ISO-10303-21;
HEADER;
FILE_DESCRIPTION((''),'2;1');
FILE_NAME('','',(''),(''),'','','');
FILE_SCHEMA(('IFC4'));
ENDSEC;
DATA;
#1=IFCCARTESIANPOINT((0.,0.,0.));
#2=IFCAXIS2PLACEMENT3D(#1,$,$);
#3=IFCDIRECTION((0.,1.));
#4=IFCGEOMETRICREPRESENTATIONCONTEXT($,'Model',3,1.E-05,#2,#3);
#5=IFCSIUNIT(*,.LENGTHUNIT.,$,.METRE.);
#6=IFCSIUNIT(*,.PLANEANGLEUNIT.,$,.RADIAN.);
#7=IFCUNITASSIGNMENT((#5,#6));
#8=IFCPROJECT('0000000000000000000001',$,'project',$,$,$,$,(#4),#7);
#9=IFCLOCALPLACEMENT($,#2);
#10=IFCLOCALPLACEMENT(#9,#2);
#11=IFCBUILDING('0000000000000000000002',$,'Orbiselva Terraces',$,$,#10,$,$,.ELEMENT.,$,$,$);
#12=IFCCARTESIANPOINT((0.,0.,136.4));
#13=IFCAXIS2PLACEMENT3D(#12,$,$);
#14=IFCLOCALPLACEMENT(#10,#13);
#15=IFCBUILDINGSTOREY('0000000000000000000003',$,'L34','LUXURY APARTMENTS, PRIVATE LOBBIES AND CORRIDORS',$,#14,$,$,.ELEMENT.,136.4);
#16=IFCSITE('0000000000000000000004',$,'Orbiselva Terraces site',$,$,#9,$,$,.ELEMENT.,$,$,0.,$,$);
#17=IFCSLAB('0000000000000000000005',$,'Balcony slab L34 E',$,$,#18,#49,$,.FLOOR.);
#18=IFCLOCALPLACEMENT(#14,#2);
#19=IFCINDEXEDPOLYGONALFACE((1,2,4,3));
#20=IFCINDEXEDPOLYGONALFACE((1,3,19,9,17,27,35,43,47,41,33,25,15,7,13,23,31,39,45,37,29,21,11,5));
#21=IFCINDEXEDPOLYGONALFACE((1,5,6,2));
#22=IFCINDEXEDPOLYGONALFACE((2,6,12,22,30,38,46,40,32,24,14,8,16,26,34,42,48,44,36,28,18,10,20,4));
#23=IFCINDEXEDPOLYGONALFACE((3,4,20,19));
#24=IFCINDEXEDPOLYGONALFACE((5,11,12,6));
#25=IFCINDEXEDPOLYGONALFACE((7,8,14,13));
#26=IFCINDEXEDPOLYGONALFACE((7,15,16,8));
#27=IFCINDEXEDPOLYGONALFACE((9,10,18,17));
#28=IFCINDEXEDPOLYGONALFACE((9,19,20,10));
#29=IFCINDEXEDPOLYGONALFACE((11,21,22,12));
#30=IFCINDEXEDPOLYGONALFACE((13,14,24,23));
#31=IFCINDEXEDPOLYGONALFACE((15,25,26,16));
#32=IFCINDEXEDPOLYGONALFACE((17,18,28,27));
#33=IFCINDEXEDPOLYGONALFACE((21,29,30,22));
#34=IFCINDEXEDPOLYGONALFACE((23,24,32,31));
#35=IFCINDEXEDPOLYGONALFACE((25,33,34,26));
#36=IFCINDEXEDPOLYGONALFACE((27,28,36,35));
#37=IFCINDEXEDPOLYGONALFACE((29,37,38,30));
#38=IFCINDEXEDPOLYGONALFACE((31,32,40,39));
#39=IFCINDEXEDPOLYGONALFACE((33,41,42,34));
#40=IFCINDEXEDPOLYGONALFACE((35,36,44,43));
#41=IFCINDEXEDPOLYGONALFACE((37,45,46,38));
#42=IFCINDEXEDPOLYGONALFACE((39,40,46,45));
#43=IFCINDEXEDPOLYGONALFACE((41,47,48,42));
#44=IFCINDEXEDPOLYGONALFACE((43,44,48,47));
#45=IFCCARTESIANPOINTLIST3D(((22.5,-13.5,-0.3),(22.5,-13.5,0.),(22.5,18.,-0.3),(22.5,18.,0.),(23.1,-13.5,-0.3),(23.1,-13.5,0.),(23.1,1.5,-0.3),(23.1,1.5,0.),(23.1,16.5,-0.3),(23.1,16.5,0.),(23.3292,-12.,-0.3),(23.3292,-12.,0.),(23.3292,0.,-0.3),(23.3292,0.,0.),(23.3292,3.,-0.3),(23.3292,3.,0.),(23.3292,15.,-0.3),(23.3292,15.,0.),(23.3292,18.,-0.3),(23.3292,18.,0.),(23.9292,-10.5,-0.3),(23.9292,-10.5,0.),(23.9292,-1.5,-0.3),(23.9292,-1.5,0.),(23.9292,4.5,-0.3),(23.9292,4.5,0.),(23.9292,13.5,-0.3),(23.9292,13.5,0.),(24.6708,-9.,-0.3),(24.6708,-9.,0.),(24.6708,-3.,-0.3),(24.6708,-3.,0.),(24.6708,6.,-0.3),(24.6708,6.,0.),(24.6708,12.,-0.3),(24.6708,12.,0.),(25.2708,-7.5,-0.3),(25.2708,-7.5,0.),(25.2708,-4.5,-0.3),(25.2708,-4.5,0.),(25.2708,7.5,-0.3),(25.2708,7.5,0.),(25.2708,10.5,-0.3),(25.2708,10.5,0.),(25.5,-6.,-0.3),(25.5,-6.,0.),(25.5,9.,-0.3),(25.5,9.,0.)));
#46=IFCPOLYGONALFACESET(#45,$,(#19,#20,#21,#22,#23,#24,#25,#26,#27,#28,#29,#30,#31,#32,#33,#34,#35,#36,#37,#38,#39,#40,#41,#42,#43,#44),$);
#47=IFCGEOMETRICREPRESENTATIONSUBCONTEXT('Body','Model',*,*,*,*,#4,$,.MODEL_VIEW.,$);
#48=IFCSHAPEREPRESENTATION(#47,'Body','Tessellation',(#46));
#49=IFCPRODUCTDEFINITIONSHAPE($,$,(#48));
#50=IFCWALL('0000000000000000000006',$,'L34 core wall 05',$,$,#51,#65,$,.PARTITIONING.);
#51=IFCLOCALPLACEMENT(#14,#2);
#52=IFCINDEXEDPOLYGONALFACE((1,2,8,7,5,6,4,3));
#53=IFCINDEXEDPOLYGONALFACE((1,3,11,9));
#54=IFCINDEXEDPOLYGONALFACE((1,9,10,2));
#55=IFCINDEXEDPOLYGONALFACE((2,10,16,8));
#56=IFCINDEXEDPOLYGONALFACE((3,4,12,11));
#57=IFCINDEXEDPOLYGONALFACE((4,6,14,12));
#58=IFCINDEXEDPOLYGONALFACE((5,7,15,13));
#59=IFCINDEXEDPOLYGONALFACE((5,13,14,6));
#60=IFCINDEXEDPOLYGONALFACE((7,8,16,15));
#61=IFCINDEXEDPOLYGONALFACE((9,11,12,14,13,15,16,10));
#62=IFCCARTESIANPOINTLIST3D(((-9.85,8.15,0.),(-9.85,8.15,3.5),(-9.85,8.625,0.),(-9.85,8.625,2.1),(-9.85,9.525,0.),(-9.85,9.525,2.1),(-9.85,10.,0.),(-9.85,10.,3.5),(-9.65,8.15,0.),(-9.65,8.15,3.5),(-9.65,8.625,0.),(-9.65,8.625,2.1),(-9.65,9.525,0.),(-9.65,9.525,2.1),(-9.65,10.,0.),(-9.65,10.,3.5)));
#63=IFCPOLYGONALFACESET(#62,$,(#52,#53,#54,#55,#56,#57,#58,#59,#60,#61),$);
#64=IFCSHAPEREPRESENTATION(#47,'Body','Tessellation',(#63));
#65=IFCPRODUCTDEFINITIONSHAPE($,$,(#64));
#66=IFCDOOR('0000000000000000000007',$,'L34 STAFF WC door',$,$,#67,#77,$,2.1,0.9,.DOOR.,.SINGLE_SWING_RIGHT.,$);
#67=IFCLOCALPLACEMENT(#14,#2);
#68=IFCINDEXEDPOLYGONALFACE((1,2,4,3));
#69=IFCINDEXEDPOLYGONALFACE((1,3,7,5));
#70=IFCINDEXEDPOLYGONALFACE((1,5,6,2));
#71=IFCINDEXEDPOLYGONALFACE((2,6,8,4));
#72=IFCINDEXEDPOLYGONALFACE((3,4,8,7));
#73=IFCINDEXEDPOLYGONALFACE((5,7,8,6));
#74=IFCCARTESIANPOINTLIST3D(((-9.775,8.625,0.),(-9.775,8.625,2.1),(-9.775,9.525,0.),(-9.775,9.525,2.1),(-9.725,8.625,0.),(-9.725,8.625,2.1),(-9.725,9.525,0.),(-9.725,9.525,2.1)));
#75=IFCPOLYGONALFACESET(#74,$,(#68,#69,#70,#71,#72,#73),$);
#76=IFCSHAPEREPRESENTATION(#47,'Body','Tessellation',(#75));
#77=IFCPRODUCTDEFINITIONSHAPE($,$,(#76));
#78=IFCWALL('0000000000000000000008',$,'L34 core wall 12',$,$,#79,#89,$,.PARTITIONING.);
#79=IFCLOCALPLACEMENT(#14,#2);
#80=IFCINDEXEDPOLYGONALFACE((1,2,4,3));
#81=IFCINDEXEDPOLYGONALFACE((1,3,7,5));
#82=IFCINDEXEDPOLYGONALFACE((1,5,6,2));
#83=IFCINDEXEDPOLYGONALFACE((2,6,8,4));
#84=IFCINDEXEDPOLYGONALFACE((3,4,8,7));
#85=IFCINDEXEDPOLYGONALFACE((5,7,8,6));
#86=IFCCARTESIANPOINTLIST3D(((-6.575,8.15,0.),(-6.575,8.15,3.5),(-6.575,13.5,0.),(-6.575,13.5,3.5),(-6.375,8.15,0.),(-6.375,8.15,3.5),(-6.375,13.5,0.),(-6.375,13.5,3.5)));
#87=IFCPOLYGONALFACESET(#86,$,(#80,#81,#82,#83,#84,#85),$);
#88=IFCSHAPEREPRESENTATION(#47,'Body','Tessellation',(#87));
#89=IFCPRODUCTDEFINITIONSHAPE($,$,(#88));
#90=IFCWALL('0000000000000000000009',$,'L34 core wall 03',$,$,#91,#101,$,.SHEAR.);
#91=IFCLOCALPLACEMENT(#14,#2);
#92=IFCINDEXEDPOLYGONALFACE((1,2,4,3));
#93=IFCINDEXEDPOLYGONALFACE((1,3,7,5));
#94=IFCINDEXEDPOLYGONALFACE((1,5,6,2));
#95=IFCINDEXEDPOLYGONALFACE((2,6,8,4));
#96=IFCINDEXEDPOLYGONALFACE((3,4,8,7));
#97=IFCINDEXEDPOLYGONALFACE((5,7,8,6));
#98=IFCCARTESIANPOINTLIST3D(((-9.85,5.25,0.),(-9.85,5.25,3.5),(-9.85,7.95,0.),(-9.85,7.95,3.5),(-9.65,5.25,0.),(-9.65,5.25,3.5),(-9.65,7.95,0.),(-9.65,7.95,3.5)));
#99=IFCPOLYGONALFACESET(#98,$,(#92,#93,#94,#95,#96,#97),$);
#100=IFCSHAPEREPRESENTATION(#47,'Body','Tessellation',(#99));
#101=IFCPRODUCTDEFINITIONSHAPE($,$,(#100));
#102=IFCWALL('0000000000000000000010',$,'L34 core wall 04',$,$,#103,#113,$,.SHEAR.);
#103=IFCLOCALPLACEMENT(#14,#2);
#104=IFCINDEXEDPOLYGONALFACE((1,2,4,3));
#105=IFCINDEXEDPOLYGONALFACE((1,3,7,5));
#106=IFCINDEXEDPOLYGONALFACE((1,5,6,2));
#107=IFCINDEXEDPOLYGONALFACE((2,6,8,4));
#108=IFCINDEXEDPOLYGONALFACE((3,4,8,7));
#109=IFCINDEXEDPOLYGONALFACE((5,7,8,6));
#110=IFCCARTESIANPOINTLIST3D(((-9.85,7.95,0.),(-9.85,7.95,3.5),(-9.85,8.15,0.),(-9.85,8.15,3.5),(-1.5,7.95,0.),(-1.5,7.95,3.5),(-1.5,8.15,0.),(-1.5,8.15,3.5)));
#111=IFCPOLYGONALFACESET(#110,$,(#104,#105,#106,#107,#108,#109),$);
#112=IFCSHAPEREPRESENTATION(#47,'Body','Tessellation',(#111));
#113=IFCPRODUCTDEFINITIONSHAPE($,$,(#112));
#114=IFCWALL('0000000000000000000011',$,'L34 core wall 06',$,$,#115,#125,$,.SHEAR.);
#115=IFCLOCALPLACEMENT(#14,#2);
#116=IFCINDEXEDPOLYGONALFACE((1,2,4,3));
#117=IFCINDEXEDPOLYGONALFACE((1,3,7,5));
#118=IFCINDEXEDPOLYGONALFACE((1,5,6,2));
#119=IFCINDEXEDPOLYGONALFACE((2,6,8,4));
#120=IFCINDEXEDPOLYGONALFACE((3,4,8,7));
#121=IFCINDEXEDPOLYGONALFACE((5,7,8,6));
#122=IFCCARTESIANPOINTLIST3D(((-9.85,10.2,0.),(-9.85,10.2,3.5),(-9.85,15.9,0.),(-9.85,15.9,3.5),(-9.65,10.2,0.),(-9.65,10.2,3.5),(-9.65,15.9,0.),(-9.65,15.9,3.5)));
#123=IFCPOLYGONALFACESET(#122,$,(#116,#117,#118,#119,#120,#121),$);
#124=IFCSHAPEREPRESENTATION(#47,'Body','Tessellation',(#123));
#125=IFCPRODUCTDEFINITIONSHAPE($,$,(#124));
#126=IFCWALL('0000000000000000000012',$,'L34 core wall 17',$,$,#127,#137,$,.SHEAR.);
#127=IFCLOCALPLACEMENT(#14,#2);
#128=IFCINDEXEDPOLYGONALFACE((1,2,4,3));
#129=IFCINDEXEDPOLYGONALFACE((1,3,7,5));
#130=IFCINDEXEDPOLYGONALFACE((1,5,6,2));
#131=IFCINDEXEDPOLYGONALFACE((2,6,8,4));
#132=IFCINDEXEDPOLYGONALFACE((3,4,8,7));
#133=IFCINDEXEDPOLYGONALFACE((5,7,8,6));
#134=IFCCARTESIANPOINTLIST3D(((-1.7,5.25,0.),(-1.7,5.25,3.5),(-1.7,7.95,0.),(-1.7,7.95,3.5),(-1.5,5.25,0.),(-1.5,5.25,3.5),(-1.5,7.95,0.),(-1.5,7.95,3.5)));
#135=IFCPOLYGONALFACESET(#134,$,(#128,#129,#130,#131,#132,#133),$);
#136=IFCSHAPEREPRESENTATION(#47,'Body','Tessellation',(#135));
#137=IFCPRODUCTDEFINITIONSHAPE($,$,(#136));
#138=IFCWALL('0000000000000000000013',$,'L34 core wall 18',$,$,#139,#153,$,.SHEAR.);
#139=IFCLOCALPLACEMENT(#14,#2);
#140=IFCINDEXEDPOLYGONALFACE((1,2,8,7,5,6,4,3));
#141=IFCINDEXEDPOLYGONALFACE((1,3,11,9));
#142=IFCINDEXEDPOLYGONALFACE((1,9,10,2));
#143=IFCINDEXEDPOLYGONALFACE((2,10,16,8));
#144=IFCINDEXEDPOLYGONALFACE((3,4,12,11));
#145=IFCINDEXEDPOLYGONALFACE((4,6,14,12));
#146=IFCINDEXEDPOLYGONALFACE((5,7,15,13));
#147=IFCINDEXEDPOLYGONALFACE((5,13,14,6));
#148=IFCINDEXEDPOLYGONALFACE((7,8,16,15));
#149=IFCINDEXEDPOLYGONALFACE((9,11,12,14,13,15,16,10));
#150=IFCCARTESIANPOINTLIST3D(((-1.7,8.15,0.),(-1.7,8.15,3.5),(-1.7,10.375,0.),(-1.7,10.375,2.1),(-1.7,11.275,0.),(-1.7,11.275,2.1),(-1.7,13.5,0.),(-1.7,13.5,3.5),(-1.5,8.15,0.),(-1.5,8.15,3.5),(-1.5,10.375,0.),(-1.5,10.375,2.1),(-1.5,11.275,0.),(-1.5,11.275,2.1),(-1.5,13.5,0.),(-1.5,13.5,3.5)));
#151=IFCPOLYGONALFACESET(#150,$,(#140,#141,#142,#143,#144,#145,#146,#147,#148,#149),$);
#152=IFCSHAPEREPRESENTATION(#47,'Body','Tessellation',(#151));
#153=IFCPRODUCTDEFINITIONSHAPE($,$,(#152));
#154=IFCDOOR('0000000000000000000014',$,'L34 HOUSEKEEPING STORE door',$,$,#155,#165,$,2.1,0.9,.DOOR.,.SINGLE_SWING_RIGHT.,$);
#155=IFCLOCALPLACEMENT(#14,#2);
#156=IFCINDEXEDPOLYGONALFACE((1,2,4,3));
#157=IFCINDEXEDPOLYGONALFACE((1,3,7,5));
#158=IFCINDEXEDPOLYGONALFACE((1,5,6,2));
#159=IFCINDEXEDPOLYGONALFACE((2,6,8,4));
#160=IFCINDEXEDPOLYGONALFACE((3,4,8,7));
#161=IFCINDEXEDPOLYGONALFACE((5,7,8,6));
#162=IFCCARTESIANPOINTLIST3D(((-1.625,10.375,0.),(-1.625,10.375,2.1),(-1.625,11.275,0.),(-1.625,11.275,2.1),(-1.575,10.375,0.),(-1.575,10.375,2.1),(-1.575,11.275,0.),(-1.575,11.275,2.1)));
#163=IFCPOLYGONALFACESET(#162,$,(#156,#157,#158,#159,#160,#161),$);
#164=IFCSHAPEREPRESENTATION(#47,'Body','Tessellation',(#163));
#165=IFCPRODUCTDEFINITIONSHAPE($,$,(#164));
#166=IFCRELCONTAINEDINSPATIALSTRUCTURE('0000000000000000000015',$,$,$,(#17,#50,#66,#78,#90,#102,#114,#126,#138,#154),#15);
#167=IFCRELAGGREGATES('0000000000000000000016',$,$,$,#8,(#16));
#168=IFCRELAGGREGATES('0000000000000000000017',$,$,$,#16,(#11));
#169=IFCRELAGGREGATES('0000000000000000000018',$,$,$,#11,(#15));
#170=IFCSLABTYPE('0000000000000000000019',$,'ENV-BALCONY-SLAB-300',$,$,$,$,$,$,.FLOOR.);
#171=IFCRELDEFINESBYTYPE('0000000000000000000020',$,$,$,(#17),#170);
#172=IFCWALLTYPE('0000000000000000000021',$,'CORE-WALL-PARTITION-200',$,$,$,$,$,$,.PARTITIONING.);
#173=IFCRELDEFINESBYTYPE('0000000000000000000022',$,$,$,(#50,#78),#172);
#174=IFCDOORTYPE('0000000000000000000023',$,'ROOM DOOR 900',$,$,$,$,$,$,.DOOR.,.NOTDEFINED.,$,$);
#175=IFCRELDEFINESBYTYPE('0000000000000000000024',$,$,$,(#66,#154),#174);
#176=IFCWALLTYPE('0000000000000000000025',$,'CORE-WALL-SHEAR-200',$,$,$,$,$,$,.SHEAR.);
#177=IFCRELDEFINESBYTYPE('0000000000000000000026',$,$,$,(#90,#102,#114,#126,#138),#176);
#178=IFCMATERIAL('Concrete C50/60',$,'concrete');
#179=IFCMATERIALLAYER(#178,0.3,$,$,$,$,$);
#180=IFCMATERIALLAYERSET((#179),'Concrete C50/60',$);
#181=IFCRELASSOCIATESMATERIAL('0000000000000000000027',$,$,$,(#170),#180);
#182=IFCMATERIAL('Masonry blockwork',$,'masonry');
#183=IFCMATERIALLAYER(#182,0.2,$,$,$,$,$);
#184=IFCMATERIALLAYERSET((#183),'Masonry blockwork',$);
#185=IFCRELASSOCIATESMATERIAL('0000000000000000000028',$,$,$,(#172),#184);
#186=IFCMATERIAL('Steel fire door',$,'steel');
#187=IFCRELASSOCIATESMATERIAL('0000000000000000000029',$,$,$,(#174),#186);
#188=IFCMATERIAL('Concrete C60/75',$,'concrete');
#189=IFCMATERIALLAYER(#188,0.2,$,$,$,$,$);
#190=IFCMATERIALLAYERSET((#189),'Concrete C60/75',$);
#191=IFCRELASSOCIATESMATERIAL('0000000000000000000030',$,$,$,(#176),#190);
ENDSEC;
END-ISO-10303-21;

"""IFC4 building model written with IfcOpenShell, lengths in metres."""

from ifc_helpers import new_model, si_unit, direction, frame, frame_2d, origin, place, context, subcontext, project, spatial, polyline, rectangle, outline, extrude, material, layer, layer_set, type_object, element, fill, save


model = new_model("IFC4")

# Units and contexts
model_context = context("Model", 3, precision=1e-05, world=origin(), true_north=direction((0.0, 1.0)))
body_context = subcontext(model_context, "Body", "Model", "MODEL_VIEW")
ifc_project = project(units=[si_unit("LENGTHUNIT", "METRE"), si_unit("PLANEANGLEUNIT", "RADIAN")], contexts=[model_context])

# Site, building, storey
site_placement = place(None, origin())
site = spatial("IfcSite", under=ifc_project, at=site_placement, Name="Orbiselva Terraces site", CompositionType="ELEMENT", RefElevation=0.0)
building_placement = place(site_placement, origin())
building = spatial("IfcBuilding", under=site, at=building_placement, Name="Orbiselva Terraces", CompositionType="ELEMENT")
storey_placement = place(building_placement, frame((0.0, 0.0, 136.4)))
storey = spatial("IfcBuildingStorey", under=building, at=storey_placement, Name="L34", Description="LUXURY APARTMENTS, PRIVATE LOBBIES AND CORRIDORS", CompositionType="ELEMENT", Elevation=136.4)

# Slab
ifc_material_1 = material(Name="Concrete C50/60", Category="concrete")
ifc_layer_1 = layer(ifc_material_1, 0.3)
ifc_layer_set_1 = layer_set([ifc_layer_1], Name="Concrete C50/60")
slab_type = type_object("IfcSlabType", Name="ENV-BALCONY-SLAB-300", PredefinedType="FLOOR", material=ifc_layer_set_1)
slab_placement = place(storey_placement, frame((0.0, 0.0, -0.3)))
element("IfcSlab", 1, at=slab_placement, inside=storey, type_object=slab_type, Name="Balcony slab L34 E", PredefinedType="FLOOR", context=body_context, shape_type="SweptSolid", body=[
    extrude(outline(polyline([(23.1, -13.5), (23.3292, -12.0), (23.9292, -10.5), (24.6708, -9.0), (25.2708, -7.5), (25.5, -6.0), (25.2708, -4.5), (24.6708, -3.0), (23.9292, -1.5), (23.3292, 0.0), (23.1, 1.5), (23.3292, 3.0), (23.9292, 4.5), (24.6708, 6.0), (25.2708, 7.5), (25.5, 9.0), (25.2708, 10.5), (24.6708, 12.0), (23.9292, 13.5), (23.3292, 15.0), (23.1, 16.5), (23.3292, 18.0), (22.5, 18.0), (22.5, -13.5), (23.1, -13.5)])), origin(), (0.0, 0.0, 1.0), 0.3),
])

# Wall, opening, door
ifc_material_2 = material(Name="Masonry blockwork", Category="masonry")
ifc_layer_2 = layer(ifc_material_2, 0.2)
ifc_layer_set_2 = layer_set([ifc_layer_2], Name="Masonry blockwork")
wall_type_1 = type_object("IfcWallType", Name="CORE-WALL-PARTITION-200", PredefinedType="PARTITIONING", material=ifc_layer_set_2)
wall_1_placement = place(storey_placement, frame((-9.75, 8.15, 0.0), z_axis=(0.0, 0.0, 1.0), x_axis=(0.0, 1.0, 0.0)))
wall_1 = element("IfcWall", 2, at=wall_1_placement, inside=storey, type_object=wall_type_1, Name="L34 core wall 05", PredefinedType="PARTITIONING", context=body_context, shape_type="SweptSolid", body=[
    extrude(rectangle(XDim=1.85, YDim=0.2, at=frame_2d((0.925, 0.0))), origin(), (0.0, 0.0, 1.0), 3.5),
])
opening_1_placement = place(wall_1_placement, frame((0.475, 0.0, 0.0)))
opening_1 = element("IfcOpeningElement", 3, at=opening_1_placement, cuts=wall_1, PredefinedType="OPENING", context=body_context, shape_type="SweptSolid", body=[
    extrude(rectangle(XDim=0.9, YDim=2.1, at=frame_2d((0.45, 1.05))), frame((0.0, 0.11, 0.0), z_axis=(0.0, -1.0, 0.0), x_axis=(1.0, 0.0, 0.0)), (0.0, 0.0, 1.0), 0.22),
])
ifc_material_3 = material(Name="Steel fire door", Category="steel")
door_type = type_object("IfcDoorType", Name="ROOM DOOR 900", OperationType="NOTDEFINED", PredefinedType="DOOR", material=ifc_material_3)
door_1_placement = place(opening_1_placement, origin())
door_1 = element("IfcDoor", 4, at=door_1_placement, inside=storey, type_object=door_type, Name="L34 STAFF WC door", OperationType="SINGLE_SWING_RIGHT", OverallHeight=2.1, OverallWidth=0.9, PredefinedType="DOOR", context=body_context, shape_type="SweptSolid", body=[
    extrude(rectangle(XDim=0.9, YDim=2.1, at=frame_2d((0.45, 1.05))), frame((0.0, 0.025, 0.0), z_axis=(0.0, -1.0, 0.0), x_axis=(1.0, 0.0, 0.0)), (0.0, 0.0, 1.0), 0.05),
])
fill(opening_1, door_1)

# Walls
wall_2_placement = place(storey_placement, frame((-6.475, 8.15, 0.0), z_axis=(0.0, 0.0, 1.0), x_axis=(0.0, 1.0, 0.0)))
element("IfcWall", 5, at=wall_2_placement, inside=storey, type_object=wall_type_1, Name="L34 core wall 12", PredefinedType="PARTITIONING", context=body_context, shape_type="SweptSolid", body=[
    extrude(rectangle(XDim=5.35, YDim=0.2, at=frame_2d((2.675, 0.0))), origin(), (0.0, 0.0, 1.0), 3.5),
])
ifc_material_4 = material(Name="Concrete C60/75", Category="concrete")
ifc_layer_3 = layer(ifc_material_4, 0.2)
ifc_layer_set_3 = layer_set([ifc_layer_3], Name="Concrete C60/75")
wall_type_2 = type_object("IfcWallType", Name="CORE-WALL-SHEAR-200", PredefinedType="SHEAR", material=ifc_layer_set_3)
wall_3_placement = place(storey_placement, frame((-9.75, 5.25, 0.0), z_axis=(0.0, 0.0, 1.0), x_axis=(0.0, 1.0, 0.0)))
element("IfcWall", 6, at=wall_3_placement, inside=storey, type_object=wall_type_2, Name="L34 core wall 03", PredefinedType="SHEAR", context=body_context, shape_type="SweptSolid", body=[
    extrude(rectangle(XDim=2.7, YDim=0.2, at=frame_2d((1.35, 0.0))), origin(), (0.0, 0.0, 1.0), 3.5),
])
wall_4_placement = place(storey_placement, frame((-9.85, 8.05, 0.0), z_axis=(0.0, 0.0, 1.0), x_axis=(1.0, 0.0, 0.0)))
element("IfcWall", 7, at=wall_4_placement, inside=storey, type_object=wall_type_2, Name="L34 core wall 04", PredefinedType="SHEAR", context=body_context, shape_type="SweptSolid", body=[
    extrude(rectangle(XDim=8.35, YDim=0.2, at=frame_2d((4.175, 0.0))), origin(), (0.0, 0.0, 1.0), 3.5),
])
wall_5_placement = place(storey_placement, frame((-9.75, 10.2, 0.0), z_axis=(0.0, 0.0, 1.0), x_axis=(0.0, 1.0, 0.0)))
element("IfcWall", 8, at=wall_5_placement, inside=storey, type_object=wall_type_2, Name="L34 core wall 06", PredefinedType="SHEAR", context=body_context, shape_type="SweptSolid", body=[
    extrude(rectangle(XDim=5.7, YDim=0.2, at=frame_2d((2.85, 0.0))), origin(), (0.0, 0.0, 1.0), 3.5),
])
wall_6_placement = place(storey_placement, frame((-1.6, 5.25, 0.0), z_axis=(0.0, 0.0, 1.0), x_axis=(0.0, 1.0, 0.0)))
element("IfcWall", 9, at=wall_6_placement, inside=storey, type_object=wall_type_2, Name="L34 core wall 17", PredefinedType="SHEAR", context=body_context, shape_type="SweptSolid", body=[
    extrude(rectangle(XDim=2.7, YDim=0.2, at=frame_2d((1.35, 0.0))), origin(), (0.0, 0.0, 1.0), 3.5),
])

# Wall, opening, door
wall_7_placement = place(storey_placement, frame((-1.6, 8.15, 0.0), z_axis=(0.0, 0.0, 1.0), x_axis=(0.0, 1.0, 0.0)))
wall_7 = element("IfcWall", 10, at=wall_7_placement, inside=storey, type_object=wall_type_2, Name="L34 core wall 18", PredefinedType="SHEAR", context=body_context, shape_type="SweptSolid", body=[
    extrude(rectangle(XDim=5.35, YDim=0.2, at=frame_2d((2.675, 0.0))), origin(), (0.0, 0.0, 1.0), 3.5),
])
opening_2_placement = place(wall_7_placement, frame((2.225, 0.0, 0.0)))
opening_2 = element("IfcOpeningElement", 11, at=opening_2_placement, cuts=wall_7, PredefinedType="OPENING", context=body_context, shape_type="SweptSolid", body=[
    extrude(rectangle(XDim=0.9, YDim=2.1, at=frame_2d((0.45, 1.05))), frame((0.0, 0.11, 0.0), z_axis=(0.0, -1.0, 0.0), x_axis=(1.0, 0.0, 0.0)), (0.0, 0.0, 1.0), 0.22),
])
door_2_placement = place(opening_2_placement, origin())
door_2 = element("IfcDoor", 12, at=door_2_placement, inside=storey, type_object=door_type, Name="L34 HOUSEKEEPING STORE door", OperationType="SINGLE_SWING_RIGHT", OverallHeight=2.1, OverallWidth=0.9, PredefinedType="DOOR", context=body_context, shape_type="SweptSolid", body=[
    extrude(rectangle(XDim=0.9, YDim=2.1, at=frame_2d((0.45, 1.05))), frame((0.0, 0.025, 0.0), z_axis=(0.0, -1.0, 0.0), x_axis=(1.0, 0.0, 0.0)), (0.0, 0.0, 1.0), 0.05),
])
fill(opening_2, door_2)

save(model, "model.ifc")
